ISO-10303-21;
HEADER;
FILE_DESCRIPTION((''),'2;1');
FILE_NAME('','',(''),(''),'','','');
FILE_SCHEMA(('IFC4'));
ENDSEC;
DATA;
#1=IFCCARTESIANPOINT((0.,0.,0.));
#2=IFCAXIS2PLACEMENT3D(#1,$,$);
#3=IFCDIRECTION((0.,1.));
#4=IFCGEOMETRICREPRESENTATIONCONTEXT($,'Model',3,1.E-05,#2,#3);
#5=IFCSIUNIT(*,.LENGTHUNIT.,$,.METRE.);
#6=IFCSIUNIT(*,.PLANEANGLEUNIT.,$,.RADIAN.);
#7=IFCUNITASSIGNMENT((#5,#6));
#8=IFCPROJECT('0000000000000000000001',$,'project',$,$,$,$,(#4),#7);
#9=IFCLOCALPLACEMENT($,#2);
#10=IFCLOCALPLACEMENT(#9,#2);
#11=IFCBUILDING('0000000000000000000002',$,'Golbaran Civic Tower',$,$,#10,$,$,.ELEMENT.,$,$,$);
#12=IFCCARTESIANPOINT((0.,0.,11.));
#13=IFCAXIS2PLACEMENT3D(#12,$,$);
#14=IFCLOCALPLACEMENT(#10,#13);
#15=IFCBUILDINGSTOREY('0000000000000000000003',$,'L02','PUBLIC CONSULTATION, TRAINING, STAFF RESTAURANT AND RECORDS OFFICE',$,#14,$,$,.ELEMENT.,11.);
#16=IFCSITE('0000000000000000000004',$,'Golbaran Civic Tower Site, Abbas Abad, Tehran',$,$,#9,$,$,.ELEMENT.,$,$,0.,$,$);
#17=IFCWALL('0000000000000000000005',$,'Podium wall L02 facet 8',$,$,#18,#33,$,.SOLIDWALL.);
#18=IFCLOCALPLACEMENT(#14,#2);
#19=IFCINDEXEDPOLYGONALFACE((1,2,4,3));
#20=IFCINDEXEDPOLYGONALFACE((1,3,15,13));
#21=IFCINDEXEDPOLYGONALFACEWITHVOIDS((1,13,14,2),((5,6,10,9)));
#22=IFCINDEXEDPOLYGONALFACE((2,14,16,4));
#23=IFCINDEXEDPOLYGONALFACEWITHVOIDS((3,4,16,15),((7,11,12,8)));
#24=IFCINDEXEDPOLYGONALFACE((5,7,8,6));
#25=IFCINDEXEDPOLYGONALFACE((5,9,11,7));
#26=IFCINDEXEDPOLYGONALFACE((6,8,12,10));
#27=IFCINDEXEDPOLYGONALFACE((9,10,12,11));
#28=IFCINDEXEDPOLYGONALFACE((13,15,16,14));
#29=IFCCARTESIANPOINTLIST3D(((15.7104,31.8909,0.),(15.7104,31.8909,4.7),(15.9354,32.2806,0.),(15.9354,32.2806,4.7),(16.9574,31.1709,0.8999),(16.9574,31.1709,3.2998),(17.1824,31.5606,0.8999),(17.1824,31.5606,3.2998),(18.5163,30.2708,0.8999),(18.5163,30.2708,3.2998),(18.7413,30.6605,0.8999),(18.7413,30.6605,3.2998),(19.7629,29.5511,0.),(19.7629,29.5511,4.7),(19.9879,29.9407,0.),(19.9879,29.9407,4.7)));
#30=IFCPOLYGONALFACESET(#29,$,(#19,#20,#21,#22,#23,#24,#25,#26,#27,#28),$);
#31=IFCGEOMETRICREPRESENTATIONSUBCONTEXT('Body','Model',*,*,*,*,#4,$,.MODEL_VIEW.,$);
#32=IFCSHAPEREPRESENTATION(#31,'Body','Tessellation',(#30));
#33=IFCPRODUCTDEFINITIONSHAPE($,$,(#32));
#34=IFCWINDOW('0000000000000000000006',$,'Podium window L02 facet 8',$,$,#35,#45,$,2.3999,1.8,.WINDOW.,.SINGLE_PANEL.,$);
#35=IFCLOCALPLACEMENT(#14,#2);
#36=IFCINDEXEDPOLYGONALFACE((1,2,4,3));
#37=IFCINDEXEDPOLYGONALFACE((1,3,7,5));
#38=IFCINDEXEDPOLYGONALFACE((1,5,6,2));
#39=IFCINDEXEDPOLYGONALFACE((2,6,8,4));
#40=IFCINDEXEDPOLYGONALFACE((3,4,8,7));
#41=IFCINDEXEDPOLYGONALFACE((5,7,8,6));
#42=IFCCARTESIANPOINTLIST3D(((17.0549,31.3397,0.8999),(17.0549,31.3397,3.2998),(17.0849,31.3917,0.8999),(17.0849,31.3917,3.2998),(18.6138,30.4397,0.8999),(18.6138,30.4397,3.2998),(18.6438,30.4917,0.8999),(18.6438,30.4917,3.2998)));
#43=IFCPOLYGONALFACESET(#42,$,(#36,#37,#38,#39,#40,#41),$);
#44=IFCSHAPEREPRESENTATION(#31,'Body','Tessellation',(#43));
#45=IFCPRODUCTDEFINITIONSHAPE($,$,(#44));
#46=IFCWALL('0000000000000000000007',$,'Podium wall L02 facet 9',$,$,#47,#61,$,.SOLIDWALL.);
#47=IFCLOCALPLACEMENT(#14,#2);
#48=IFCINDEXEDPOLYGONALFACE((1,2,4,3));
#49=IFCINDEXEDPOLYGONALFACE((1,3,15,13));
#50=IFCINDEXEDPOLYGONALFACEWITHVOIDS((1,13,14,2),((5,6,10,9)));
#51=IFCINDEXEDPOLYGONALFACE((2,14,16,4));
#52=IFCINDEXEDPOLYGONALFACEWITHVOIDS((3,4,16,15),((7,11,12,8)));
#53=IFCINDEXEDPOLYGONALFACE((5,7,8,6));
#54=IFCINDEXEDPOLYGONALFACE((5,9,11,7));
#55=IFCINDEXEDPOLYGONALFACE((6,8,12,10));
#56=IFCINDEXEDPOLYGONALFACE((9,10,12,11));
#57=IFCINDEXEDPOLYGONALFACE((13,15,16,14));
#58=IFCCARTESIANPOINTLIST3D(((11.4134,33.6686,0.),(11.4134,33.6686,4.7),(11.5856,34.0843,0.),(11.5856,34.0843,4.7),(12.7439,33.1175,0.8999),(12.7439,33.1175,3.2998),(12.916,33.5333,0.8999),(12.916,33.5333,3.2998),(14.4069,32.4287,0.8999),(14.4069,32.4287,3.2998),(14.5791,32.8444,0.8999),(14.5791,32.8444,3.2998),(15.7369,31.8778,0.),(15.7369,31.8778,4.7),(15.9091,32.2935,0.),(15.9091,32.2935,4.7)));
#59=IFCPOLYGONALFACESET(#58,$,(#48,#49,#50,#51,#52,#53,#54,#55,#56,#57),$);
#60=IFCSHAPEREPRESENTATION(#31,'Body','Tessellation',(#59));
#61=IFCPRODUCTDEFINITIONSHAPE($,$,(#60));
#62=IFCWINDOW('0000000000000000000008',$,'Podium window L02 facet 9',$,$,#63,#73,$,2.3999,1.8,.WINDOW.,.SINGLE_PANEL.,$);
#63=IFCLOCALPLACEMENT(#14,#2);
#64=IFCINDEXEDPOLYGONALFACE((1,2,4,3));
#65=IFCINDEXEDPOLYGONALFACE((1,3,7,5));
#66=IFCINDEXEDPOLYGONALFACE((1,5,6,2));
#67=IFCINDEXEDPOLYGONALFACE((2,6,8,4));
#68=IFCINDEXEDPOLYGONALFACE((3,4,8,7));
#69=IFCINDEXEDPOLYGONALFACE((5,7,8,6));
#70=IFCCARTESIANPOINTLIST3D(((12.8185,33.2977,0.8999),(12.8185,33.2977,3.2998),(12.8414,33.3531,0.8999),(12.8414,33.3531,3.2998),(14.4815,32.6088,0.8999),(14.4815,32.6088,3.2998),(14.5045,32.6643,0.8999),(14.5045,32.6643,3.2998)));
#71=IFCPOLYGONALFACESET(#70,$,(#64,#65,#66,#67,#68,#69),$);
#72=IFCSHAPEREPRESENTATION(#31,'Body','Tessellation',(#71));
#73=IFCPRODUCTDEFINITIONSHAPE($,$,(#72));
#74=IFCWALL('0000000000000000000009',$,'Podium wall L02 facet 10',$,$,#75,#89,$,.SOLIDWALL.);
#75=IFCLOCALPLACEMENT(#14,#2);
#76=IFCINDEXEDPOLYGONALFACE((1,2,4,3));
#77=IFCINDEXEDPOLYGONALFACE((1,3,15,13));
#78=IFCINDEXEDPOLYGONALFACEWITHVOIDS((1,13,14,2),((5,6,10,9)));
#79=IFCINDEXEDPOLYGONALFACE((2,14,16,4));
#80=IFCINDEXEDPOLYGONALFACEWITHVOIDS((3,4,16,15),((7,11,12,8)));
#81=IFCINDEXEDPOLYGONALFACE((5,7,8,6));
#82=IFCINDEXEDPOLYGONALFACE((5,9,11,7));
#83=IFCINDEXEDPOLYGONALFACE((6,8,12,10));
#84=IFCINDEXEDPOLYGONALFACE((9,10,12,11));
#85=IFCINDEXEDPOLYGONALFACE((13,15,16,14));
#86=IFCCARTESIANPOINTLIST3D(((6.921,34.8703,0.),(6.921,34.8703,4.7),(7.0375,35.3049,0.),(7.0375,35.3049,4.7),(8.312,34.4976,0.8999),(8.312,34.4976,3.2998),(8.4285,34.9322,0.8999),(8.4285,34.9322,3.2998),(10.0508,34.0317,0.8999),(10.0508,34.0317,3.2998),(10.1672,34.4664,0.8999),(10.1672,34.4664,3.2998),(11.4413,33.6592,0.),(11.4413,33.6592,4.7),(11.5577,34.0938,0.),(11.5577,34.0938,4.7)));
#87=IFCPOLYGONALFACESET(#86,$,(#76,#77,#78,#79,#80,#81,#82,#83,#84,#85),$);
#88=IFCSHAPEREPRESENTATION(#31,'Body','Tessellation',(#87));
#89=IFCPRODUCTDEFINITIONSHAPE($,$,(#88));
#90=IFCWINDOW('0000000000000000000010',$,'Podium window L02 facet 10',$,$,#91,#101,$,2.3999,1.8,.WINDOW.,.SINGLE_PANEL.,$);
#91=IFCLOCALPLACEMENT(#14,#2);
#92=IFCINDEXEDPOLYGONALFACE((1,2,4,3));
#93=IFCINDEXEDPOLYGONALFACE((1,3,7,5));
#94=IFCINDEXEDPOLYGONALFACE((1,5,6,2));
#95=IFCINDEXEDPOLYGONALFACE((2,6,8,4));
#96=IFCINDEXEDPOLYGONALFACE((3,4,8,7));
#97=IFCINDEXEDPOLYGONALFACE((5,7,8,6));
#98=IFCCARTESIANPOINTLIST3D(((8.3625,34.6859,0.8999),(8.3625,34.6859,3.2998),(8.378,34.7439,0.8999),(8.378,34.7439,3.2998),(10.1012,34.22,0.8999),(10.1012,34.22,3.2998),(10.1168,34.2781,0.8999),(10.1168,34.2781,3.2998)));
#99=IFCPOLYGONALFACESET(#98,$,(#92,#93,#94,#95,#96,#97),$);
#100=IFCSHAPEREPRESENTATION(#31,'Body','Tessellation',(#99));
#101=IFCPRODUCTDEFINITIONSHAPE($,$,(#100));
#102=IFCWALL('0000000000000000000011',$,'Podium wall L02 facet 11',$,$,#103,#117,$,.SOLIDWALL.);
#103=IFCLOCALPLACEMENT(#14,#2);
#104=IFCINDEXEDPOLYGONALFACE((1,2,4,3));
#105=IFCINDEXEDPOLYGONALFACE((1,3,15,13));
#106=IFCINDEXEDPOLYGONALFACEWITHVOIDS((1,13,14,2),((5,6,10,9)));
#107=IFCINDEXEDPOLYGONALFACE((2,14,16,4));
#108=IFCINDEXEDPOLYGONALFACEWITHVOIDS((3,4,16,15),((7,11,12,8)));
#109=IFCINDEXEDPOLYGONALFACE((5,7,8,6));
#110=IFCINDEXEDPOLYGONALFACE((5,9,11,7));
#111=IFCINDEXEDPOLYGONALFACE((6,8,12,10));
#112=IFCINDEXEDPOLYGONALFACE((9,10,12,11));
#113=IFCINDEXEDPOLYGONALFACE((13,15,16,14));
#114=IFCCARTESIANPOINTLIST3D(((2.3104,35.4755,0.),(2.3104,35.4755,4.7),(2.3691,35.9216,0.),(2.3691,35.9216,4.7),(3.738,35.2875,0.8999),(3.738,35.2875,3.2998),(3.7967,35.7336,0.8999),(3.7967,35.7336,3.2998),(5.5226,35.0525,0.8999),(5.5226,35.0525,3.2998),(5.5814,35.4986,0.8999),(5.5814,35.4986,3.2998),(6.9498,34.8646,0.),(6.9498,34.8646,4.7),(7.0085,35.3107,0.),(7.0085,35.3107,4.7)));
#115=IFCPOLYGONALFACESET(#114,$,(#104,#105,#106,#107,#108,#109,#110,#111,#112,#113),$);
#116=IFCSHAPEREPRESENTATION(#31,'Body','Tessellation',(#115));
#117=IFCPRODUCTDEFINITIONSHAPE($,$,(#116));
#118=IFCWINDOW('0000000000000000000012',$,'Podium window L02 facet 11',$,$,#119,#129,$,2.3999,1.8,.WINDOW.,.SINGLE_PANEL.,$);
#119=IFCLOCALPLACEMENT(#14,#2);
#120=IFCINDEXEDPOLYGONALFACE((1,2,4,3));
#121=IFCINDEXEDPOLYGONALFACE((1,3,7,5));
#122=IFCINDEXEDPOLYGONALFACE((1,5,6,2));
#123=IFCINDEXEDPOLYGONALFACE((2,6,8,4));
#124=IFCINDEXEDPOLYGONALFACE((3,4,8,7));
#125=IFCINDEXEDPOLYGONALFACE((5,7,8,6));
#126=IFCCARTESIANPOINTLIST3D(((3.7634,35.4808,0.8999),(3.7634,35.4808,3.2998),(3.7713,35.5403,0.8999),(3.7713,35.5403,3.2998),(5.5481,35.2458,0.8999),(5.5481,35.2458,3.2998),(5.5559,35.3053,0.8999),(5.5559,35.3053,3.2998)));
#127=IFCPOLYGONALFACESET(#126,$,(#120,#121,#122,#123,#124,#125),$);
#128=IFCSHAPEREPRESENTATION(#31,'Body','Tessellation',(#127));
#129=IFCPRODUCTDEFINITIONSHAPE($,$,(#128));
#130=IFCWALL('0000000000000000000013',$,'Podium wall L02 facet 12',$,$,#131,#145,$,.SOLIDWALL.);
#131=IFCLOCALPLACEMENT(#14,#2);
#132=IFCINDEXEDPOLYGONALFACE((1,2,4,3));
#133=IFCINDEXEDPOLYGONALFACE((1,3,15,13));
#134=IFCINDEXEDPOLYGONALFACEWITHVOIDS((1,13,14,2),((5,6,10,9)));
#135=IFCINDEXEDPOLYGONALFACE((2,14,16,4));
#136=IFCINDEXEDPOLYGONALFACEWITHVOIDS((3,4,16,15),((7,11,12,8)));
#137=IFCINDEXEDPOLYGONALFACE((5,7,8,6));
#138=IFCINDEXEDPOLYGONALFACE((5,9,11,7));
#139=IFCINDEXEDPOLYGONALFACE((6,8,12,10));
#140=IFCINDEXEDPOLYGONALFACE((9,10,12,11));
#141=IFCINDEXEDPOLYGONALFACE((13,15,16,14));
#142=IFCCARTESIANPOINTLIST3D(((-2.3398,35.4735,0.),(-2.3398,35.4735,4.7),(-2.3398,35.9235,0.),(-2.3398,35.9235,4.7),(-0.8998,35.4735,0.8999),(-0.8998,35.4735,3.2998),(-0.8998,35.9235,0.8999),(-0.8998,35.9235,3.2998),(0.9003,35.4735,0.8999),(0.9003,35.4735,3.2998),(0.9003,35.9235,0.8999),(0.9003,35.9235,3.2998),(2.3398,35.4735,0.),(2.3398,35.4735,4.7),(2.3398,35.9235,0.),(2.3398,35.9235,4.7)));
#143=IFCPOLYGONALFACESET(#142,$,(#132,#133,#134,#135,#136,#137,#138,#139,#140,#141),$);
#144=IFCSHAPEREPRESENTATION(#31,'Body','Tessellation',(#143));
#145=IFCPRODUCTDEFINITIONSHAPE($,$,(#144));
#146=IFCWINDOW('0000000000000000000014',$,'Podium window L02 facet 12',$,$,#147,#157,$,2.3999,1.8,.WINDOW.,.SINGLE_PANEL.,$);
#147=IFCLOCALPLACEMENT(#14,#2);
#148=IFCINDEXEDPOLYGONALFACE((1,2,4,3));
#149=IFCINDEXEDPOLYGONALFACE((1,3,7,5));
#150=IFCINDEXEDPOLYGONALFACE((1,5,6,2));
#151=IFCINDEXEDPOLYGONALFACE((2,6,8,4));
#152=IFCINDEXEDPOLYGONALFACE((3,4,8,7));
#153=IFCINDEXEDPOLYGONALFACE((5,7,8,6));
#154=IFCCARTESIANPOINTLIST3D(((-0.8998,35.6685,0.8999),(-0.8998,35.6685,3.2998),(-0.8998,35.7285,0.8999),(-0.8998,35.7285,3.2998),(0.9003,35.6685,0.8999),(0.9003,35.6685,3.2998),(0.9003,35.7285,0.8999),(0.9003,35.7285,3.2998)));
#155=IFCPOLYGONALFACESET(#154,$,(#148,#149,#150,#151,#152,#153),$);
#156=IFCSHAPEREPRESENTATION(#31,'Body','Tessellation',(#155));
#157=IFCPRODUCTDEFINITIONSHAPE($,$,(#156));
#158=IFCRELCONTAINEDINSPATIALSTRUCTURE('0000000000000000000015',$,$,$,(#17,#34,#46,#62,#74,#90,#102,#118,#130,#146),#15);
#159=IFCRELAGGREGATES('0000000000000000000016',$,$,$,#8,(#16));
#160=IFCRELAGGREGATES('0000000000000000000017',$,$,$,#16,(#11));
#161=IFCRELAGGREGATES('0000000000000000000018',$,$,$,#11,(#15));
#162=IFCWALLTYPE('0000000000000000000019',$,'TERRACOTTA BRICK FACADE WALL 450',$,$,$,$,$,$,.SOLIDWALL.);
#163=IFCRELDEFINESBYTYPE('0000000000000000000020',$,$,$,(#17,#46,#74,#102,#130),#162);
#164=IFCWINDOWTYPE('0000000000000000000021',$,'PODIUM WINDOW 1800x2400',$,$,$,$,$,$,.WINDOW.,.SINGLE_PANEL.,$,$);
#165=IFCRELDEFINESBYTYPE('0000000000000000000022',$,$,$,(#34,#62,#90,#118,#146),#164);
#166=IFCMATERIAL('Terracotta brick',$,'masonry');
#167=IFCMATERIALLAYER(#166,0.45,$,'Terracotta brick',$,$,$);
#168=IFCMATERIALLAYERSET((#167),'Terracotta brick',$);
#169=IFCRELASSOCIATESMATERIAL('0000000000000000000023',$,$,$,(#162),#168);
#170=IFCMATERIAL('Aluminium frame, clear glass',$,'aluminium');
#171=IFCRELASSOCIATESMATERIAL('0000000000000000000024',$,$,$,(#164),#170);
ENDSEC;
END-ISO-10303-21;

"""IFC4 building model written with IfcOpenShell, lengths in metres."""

from ifc_helpers import new_model, si_unit, direction, frame, frame_2d, origin, place, context, subcontext, project, spatial, rectangle, extrude, material, layer, layer_set, type_object, element, fill, save


model = new_model("IFC4")

# Units and contexts
model_context = context("Model", 3, precision=1e-05, world=origin(), true_north=direction((0.0, 1.0)))
body_context = subcontext(model_context, "Body", "Model", "MODEL_VIEW")
ifc_project = project(units=[si_unit("LENGTHUNIT", "METRE"), si_unit("PLANEANGLEUNIT", "RADIAN")], contexts=[model_context])

# Site, building, storey
site_placement = place(None, origin())
site = spatial("IfcSite", under=ifc_project, at=site_placement, Name="Golbaran Civic Tower Site, Abbas Abad, Tehran", CompositionType="ELEMENT", RefElevation=0.0)
building_placement = place(site_placement, origin())
building = spatial("IfcBuilding", under=site, at=building_placement, Name="Golbaran Civic Tower", CompositionType="ELEMENT")
storey_placement = place(building_placement, frame((0.0, 0.0, 11.0)))
storey = spatial("IfcBuildingStorey", under=building, at=storey_placement, Name="L02", Description="PUBLIC CONSULTATION, TRAINING, STAFF RESTAURANT AND RECORDS OFFICE", CompositionType="ELEMENT", Elevation=11.0)

# Walls, openings, windows
ifc_material_1 = material(Name="Terracotta brick", Category="masonry")
ifc_layer_1 = layer(ifc_material_1, 0.45, Name="Terracotta brick")
ifc_layer_set_1 = layer_set([ifc_layer_1], Name="Terracotta brick")
wall_type_1 = type_object("IfcWallType", Name="TERRACOTTA BRICK FACADE WALL 450", PredefinedType="SOLIDWALL", material=ifc_layer_set_1)
wall_1_placement = place(storey_placement, frame((19.8755, 29.7458, 0.0), z_axis=(0.0, 0.0, 1.0), x_axis=(-0.866013, 0.500022, 0.0)))
wall_1 = element("IfcWall", 1, at=wall_1_placement, inside=storey, type_object=wall_type_1, Name="Podium wall L02 facet 8", PredefinedType="SOLIDWALL", context=body_context, shape_type="SweptSolid", body=[
    extrude(rectangle(XDim=4.6794, YDim=0.45, at=frame_2d((2.3398, 0.0))), origin(), (0.0, 0.0, 1.0), 4.7),
])
opening_1_placement = place(wall_1_placement, frame((1.4397, 0.0, 0.8999)))
opening_1 = element("IfcOpeningElement", 2, at=opening_1_placement, cuts=wall_1, PredefinedType="OPENING", context=body_context, shape_type="SweptSolid", body=[
    extrude(rectangle(XDim=1.8, YDim=2.3999, at=frame_2d((0.8999, 1.2))), frame((0.0, 0.2349, 0.0), z_axis=(0.0, -1.0, 0.0), x_axis=(1.0, 0.0, 0.0)), (0.0, 0.0, 1.0), 0.47),
])
ifc_material_2 = material(Name="Aluminium frame, clear glass", Category="aluminium")
window_type = type_object("IfcWindowType", Name="PODIUM WINDOW 1800x2400", PartitioningType="SINGLE_PANEL", PredefinedType="WINDOW", material=ifc_material_2)
window_1_placement = place(opening_1_placement, origin())
window_1 = element("IfcWindow", 3, at=window_1_placement, inside=storey, type_object=window_type, Name="Podium window L02 facet 8", OverallHeight=2.3999, OverallWidth=1.8, PartitioningType="SINGLE_PANEL", PredefinedType="WINDOW", context=body_context, shape_type="SweptSolid", body=[
    extrude(rectangle(XDim=1.8, YDim=2.3999, at=frame_2d((0.8999, 1.2))), frame((0.0, 0.03, 0.0), z_axis=(0.0, -1.0, 0.0), x_axis=(1.0, 0.0, 0.0)), (0.0, 0.0, 1.0), 0.0601),
])
fill(opening_1, window_1)
wall_2_placement = place(storey_placement, frame((15.823, 32.0857, 0.0), z_axis=(0.0, 0.0, 1.0), x_axis=(-0.923885, 0.38267, 0.0)))
wall_2 = element("IfcWall", 4, at=wall_2_placement, inside=storey, type_object=wall_type_1, Name="Podium wall L02 facet 9", PredefinedType="SOLIDWALL", context=body_context, shape_type="SweptSolid", body=[
    extrude(rectangle(XDim=4.6797, YDim=0.45, at=frame_2d((2.3398, 0.0))), origin(), (0.0, 0.0, 1.0), 4.7),
])
opening_2_placement = place(wall_2_placement, frame((1.4397, 0.0, 0.8999)))
opening_2 = element("IfcOpeningElement", 5, at=opening_2_placement, cuts=wall_2, PredefinedType="OPENING", context=body_context, shape_type="SweptSolid", body=[
    extrude(rectangle(XDim=1.8, YDim=2.3999, at=frame_2d((0.8999, 1.2))), frame((0.0, 0.2349, 0.0), z_axis=(0.0, -1.0, 0.0), x_axis=(1.0, 0.0, 0.0)), (0.0, 0.0, 1.0), 0.47),
])
window_2_placement = place(opening_2_placement, origin())
window_2 = element("IfcWindow", 6, at=window_2_placement, inside=storey, type_object=window_type, Name="Podium window L02 facet 9", OverallHeight=2.3999, OverallWidth=1.8, PartitioningType="SINGLE_PANEL", PredefinedType="WINDOW", context=body_context, shape_type="SweptSolid", body=[
    extrude(rectangle(XDim=1.8, YDim=2.3999, at=frame_2d((0.8999, 1.2))), frame((0.0, 0.03, 0.0), z_axis=(0.0, -1.0, 0.0), x_axis=(1.0, 0.0, 0.0)), (0.0, 0.0, 1.0), 0.0601),
])
fill(opening_2, window_2)
wall_3_placement = place(storey_placement, frame((11.4995, 33.8765, 0.0), z_axis=(0.0, 0.0, 1.0), x_axis=(-0.965927, 0.258815, 0.0)))
wall_3 = element("IfcWall", 7, at=wall_3_placement, inside=storey, type_object=wall_type_1, Name="Podium wall L02 facet 10", PredefinedType="SOLIDWALL", context=body_context, shape_type="SweptSolid", body=[
    extrude(rectangle(XDim=4.6797, YDim=0.45, at=frame_2d((2.3398, 0.0))), origin(), (0.0, 0.0, 1.0), 4.7),
])
opening_3_placement = place(wall_3_placement, frame((1.4397, 0.0, 0.8999)))
opening_3 = element("IfcOpeningElement", 8, at=opening_3_placement, cuts=wall_3, PredefinedType="OPENING", context=body_context, shape_type="SweptSolid", body=[
    extrude(rectangle(XDim=1.8, YDim=2.3999, at=frame_2d((0.8999, 1.2))), frame((0.0, 0.2349, 0.0), z_axis=(0.0, -1.0, 0.0), x_axis=(1.0, 0.0, 0.0)), (0.0, 0.0, 1.0), 0.47),
])
window_3_placement = place(opening_3_placement, origin())
window_3 = element("IfcWindow", 9, at=window_3_placement, inside=storey, type_object=window_type, Name="Podium window L02 facet 10", OverallHeight=2.3999, OverallWidth=1.8, PartitioningType="SINGLE_PANEL", PredefinedType="WINDOW", context=body_context, shape_type="SweptSolid", body=[
    extrude(rectangle(XDim=1.8, YDim=2.3999, at=frame_2d((0.8999, 1.2))), frame((0.0, 0.03, 0.0), z_axis=(0.0, -1.0, 0.0), x_axis=(1.0, 0.0, 0.0)), (0.0, 0.0, 1.0), 0.0601),
])
fill(opening_3, window_3)
wall_4_placement = place(storey_placement, frame((6.9792, 35.0876, 0.0), z_axis=(0.0, 0.0, 1.0), x_axis=(-0.991443, 0.130537, 0.0)))
wall_4 = element("IfcWall", 10, at=wall_4_placement, inside=storey, type_object=wall_type_1, Name="Podium wall L02 facet 11", PredefinedType="SOLIDWALL", context=body_context, shape_type="SweptSolid", body=[
    extrude(rectangle(XDim=4.6794, YDim=0.45, at=frame_2d((2.3398, 0.0))), origin(), (0.0, 0.0, 1.0), 4.7),
])
opening_4_placement = place(wall_4_placement, frame((1.4397, 0.0, 0.8999)))
opening_4 = element("IfcOpeningElement", 11, at=opening_4_placement, cuts=wall_4, PredefinedType="OPENING", context=body_context, shape_type="SweptSolid", body=[
    extrude(rectangle(XDim=1.8, YDim=2.3999, at=frame_2d((0.8999, 1.2))), frame((0.0, 0.2349, 0.0), z_axis=(0.0, -1.0, 0.0), x_axis=(1.0, 0.0, 0.0)), (0.0, 0.0, 1.0), 0.47),
])
window_4_placement = place(opening_4_placement, origin())
window_4 = element("IfcWindow", 12, at=window_4_placement, inside=storey, type_object=window_type, Name="Podium window L02 facet 11", OverallHeight=2.3999, OverallWidth=1.8, PartitioningType="SINGLE_PANEL", PredefinedType="WINDOW", context=body_context, shape_type="SweptSolid", body=[
    extrude(rectangle(XDim=1.8, YDim=2.3999, at=frame_2d((0.8999, 1.2))), frame((0.0, 0.03, 0.0), z_axis=(0.0, -1.0, 0.0), x_axis=(1.0, 0.0, 0.0)), (0.0, 0.0, 1.0), 0.0601),
])
fill(opening_4, window_4)
wall_5_placement = place(storey_placement, frame((2.3398, 35.6985, 0.0), z_axis=(0.0, 0.0, 1.0), x_axis=(-1.0, 0.0, 0.0)))
wall_5 = element("IfcWall", 13, at=wall_5_placement, inside=storey, type_object=wall_type_1, Name="Podium wall L02 facet 12", PredefinedType="SOLIDWALL", context=body_context, shape_type="SweptSolid", body=[
    extrude(rectangle(XDim=4.6797, YDim=0.45, at=frame_2d((2.3398, 0.0))), origin(), (0.0, 0.0, 1.0), 4.7),
])
opening_5_placement = place(wall_5_placement, frame((1.4397, 0.0, 0.8999)))
opening_5 = element("IfcOpeningElement", 14, at=opening_5_placement, cuts=wall_5, PredefinedType="OPENING", context=body_context, shape_type="SweptSolid", body=[
    extrude(rectangle(XDim=1.8, YDim=2.3999, at=frame_2d((0.8999, 1.2))), frame((0.0, 0.2349, 0.0), z_axis=(0.0, -1.0, 0.0), x_axis=(1.0, 0.0, 0.0)), (0.0, 0.0, 1.0), 0.47),
])
window_5_placement = place(opening_5_placement, origin())
window_5 = element("IfcWindow", 15, at=window_5_placement, inside=storey, type_object=window_type, Name="Podium window L02 facet 12", OverallHeight=2.3999, OverallWidth=1.8, PartitioningType="SINGLE_PANEL", PredefinedType="WINDOW", context=body_context, shape_type="SweptSolid", body=[
    extrude(rectangle(XDim=1.8, YDim=2.3999, at=frame_2d((0.8999, 1.2))), frame((0.0, 0.03, 0.0), z_axis=(0.0, -1.0, 0.0), x_axis=(1.0, 0.0, 0.0)), (0.0, 0.0, 1.0), 0.0601),
])
fill(opening_5, window_5)

save(model, "model.ifc")
